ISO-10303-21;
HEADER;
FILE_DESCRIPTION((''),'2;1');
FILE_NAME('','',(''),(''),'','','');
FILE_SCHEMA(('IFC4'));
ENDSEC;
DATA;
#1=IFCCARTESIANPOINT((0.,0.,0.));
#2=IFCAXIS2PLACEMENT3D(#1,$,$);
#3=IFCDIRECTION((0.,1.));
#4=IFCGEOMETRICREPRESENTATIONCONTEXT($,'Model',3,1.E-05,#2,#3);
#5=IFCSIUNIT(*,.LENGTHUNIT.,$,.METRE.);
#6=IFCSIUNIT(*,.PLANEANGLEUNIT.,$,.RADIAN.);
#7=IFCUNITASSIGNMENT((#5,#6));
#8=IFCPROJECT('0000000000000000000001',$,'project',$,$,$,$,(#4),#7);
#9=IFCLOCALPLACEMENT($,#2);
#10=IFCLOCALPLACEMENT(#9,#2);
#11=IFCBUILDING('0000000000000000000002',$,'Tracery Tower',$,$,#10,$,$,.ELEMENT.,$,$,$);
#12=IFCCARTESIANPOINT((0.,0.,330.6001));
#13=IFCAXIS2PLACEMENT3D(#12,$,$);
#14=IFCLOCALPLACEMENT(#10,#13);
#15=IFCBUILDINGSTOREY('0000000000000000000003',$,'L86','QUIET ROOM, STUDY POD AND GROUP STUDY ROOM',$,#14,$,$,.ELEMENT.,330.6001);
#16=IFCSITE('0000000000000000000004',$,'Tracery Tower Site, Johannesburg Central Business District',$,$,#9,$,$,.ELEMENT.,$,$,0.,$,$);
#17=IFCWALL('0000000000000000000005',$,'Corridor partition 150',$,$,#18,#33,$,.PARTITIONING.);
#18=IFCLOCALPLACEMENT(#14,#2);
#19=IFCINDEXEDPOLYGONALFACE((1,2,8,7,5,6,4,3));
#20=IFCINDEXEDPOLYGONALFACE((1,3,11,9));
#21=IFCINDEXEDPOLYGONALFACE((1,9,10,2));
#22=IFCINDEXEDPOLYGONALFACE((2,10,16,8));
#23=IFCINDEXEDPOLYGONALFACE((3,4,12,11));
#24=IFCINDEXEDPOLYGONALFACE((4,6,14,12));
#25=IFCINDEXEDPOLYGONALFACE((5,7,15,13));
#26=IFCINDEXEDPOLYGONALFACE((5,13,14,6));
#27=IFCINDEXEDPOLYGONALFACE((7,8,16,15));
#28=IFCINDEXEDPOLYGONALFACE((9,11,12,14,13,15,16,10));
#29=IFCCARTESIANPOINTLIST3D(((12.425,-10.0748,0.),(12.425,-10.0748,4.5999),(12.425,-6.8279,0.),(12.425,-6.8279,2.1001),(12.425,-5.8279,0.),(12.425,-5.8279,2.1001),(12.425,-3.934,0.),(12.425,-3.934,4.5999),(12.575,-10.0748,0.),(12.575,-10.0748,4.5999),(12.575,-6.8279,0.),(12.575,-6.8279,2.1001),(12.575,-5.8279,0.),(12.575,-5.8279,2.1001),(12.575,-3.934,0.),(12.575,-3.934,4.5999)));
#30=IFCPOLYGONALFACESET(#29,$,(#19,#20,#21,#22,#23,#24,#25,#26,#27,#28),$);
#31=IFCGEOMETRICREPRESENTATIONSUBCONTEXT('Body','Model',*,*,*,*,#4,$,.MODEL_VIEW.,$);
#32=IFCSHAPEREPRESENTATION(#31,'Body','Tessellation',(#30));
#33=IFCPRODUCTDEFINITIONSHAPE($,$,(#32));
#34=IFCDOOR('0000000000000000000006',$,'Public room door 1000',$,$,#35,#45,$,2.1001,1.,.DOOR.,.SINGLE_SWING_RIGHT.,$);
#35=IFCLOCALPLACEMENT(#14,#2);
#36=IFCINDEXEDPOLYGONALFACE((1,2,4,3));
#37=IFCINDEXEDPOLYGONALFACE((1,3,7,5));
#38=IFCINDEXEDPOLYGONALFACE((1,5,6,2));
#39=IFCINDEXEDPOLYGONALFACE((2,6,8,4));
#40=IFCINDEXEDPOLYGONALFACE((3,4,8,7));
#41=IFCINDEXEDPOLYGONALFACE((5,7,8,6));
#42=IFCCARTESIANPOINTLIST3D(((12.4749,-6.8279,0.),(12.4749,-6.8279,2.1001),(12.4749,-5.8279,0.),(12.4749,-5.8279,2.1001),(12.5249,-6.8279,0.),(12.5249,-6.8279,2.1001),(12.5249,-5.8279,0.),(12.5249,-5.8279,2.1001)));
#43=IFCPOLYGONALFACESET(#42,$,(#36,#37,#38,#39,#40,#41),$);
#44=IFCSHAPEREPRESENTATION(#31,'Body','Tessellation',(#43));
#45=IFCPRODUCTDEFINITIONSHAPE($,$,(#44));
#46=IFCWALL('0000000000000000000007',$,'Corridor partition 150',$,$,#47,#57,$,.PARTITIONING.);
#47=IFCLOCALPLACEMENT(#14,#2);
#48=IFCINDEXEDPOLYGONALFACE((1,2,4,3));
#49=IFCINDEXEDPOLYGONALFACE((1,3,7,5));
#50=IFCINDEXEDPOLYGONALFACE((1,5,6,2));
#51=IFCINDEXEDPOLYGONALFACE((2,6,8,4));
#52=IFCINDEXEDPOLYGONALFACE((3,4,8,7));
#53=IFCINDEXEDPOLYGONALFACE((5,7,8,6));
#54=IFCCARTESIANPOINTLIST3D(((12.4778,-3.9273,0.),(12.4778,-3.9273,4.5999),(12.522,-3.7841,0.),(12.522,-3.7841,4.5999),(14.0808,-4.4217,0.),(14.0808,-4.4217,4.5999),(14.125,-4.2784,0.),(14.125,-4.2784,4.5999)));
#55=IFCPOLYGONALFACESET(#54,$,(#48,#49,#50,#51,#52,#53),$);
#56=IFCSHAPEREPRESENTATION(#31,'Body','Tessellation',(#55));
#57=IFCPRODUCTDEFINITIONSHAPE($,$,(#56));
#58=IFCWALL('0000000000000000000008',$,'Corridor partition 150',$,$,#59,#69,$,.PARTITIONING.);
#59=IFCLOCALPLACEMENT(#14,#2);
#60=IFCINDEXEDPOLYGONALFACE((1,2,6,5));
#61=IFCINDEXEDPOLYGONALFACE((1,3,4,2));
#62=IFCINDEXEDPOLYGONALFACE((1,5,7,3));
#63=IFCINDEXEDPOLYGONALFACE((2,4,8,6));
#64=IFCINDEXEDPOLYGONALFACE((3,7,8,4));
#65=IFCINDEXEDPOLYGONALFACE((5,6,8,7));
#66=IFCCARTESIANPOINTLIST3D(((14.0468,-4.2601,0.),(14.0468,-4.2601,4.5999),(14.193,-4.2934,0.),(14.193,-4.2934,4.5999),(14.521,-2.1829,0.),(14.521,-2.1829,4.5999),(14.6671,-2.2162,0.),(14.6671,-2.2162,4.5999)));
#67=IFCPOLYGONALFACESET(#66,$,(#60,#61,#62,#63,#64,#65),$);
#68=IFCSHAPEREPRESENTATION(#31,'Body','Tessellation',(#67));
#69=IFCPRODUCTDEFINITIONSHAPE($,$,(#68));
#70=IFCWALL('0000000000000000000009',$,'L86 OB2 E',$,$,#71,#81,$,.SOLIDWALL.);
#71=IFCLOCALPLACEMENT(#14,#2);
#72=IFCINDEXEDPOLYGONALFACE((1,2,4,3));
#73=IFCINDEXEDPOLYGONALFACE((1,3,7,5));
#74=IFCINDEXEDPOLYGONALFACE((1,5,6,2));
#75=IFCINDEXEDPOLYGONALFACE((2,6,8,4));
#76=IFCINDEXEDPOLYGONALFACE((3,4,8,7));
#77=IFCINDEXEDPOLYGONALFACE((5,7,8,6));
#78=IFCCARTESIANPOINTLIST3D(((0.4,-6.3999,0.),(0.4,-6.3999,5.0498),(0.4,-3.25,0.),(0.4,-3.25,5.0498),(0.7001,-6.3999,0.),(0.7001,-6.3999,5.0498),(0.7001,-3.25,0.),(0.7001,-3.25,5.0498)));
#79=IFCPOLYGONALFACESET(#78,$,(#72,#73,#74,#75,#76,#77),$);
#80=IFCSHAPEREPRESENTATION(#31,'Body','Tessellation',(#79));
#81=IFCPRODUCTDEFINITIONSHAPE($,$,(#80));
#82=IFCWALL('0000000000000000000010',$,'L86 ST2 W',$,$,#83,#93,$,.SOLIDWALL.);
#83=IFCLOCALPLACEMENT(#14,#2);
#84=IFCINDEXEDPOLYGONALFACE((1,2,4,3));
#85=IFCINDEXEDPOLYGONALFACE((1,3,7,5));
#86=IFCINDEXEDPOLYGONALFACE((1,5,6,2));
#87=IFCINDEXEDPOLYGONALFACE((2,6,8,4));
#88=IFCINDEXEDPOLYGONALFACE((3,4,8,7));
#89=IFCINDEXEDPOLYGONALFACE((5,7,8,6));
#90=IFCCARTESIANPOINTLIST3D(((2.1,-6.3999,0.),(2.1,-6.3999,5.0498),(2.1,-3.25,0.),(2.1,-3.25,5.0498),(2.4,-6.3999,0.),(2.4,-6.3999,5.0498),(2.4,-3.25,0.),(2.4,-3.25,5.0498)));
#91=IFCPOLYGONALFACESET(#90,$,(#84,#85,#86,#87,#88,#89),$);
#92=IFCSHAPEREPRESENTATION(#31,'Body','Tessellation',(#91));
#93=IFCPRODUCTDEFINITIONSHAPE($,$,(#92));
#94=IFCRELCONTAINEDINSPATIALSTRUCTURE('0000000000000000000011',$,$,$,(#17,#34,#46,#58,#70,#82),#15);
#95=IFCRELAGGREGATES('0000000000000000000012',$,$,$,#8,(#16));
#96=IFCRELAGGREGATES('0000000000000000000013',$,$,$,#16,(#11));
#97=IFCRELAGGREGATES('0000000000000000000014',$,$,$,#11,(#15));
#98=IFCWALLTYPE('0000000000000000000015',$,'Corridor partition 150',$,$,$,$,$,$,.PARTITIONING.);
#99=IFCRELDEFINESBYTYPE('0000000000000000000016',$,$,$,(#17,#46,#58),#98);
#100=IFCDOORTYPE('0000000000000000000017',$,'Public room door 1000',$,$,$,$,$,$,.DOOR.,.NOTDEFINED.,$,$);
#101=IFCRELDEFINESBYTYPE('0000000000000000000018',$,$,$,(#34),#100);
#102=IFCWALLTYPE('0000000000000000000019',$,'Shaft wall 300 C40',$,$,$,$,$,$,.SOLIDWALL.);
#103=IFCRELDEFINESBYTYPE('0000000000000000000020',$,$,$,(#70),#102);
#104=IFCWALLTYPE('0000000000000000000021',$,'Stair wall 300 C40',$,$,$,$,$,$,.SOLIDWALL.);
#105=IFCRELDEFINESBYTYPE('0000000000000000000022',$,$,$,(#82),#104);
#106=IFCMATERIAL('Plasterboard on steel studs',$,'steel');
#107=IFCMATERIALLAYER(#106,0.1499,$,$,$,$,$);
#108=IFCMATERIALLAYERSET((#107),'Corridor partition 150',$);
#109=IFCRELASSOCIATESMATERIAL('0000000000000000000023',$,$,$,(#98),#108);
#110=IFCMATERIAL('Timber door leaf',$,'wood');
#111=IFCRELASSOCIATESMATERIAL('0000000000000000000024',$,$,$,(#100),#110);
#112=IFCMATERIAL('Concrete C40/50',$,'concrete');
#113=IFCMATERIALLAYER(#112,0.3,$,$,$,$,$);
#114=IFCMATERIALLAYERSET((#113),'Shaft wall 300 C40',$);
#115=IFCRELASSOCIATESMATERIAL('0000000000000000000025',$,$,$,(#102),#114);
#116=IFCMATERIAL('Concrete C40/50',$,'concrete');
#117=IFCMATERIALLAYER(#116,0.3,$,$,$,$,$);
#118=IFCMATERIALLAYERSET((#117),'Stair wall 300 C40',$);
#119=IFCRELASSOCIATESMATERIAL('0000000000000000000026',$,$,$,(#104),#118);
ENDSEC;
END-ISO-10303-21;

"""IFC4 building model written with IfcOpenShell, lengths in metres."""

from ifc_helpers import new_model, si_unit, direction, frame, frame_2d, origin, place, context, subcontext, project, spatial, rectangle, extrude, material, layer, layer_set, type_object, element, fill, save


model = new_model("IFC4")

# Units and contexts
model_context = context("Model", 3, precision=1e-05, world=origin(), true_north=direction((0.0, 1.0)))
body_context = subcontext(model_context, "Body", "Model", "MODEL_VIEW")
ifc_project = project(units=[si_unit("LENGTHUNIT", "METRE"), si_unit("PLANEANGLEUNIT", "RADIAN")], contexts=[model_context])

# Site, building, storey
site_placement = place(None, origin())
site = spatial("IfcSite", under=ifc_project, at=site_placement, Name="Tracery Tower Site, Johannesburg Central Business District", CompositionType="ELEMENT", RefElevation=0.0)
building_placement = place(site_placement, origin())
building = spatial("IfcBuilding", under=site, at=building_placement, Name="Tracery Tower", CompositionType="ELEMENT")
storey_placement = place(building_placement, frame((0.0, 0.0, 330.6001)))
storey = spatial("IfcBuildingStorey", under=building, at=storey_placement, Name="L86", Description="QUIET ROOM, STUDY POD AND GROUP STUDY ROOM", CompositionType="ELEMENT", Elevation=330.6001)

# Shared definitions
ifc_material_1 = material(Name="Plasterboard on steel studs", Category="steel")
ifc_layer_1 = layer(ifc_material_1, 0.1499)
ifc_layer_set_1 = layer_set([ifc_layer_1], Name="Corridor partition 150")
wall_type_1 = type_object("IfcWallType", Name="Corridor partition 150", PredefinedType="PARTITIONING", material=ifc_layer_set_1)

# Wall, opening, door
wall_1_placement = place(storey_placement, frame((12.5, -3.9341, 0.0), z_axis=(0.0, 0.0, 1.0), x_axis=(0.0, -1.0, 0.0)))
wall_1 = element("IfcWall", 1, at=wall_1_placement, inside=storey, type_object=wall_type_1, Name="Corridor partition 150", PredefinedType="PARTITIONING", context=body_context, shape_type="SweptSolid", body=[
    extrude(rectangle(XDim=6.1409, YDim=0.1499, at=frame_2d((3.0703, 0.0))), origin(), (0.0, 0.0, 1.0), 4.5999),
])
opening_1_placement = place(wall_1_placement, frame((1.8938, 0.0, 0.0)))
opening_1 = element("IfcOpeningElement", 2, at=opening_1_placement, cuts=wall_1, PredefinedType="OPENING", context=body_context, shape_type="SweptSolid", body=[
    extrude(rectangle(XDim=1.0, YDim=2.1001, at=frame_2d((0.5, 1.05))), frame((0.0, 0.075, 0.0), z_axis=(0.0, -1.0, 0.0), x_axis=(1.0, 0.0, 0.0)), (0.0, 0.0, 1.0), 0.1499),
])
ifc_material_2 = material(Name="Timber door leaf", Category="wood")
door_type_1 = type_object("IfcDoorType", Name="Public room door 1000", OperationType="NOTDEFINED", PredefinedType="DOOR", material=ifc_material_2)
door_1_placement = place(opening_1_placement, origin())
door_1 = element("IfcDoor", 3, at=door_1_placement, inside=storey, type_object=door_type_1, Name="Public room door 1000", OperationType="SINGLE_SWING_RIGHT", OverallHeight=2.1001, OverallWidth=1.0, PredefinedType="DOOR", context=body_context, shape_type="SweptSolid", body=[
    extrude(rectangle(XDim=1.0, YDim=2.1001, at=frame_2d((0.5, 1.05))), frame((0.0, 0.0249, 0.0), z_axis=(0.0, -1.0, 0.0), x_axis=(1.0, 0.0, 0.0)), (0.0, 0.0, 1.0), 0.05),
])
fill(opening_1, door_1)

# Walls
wall_2_placement = place(storey_placement, frame((14.103, -4.3501, 0.0), z_axis=(0.0, 0.0, 1.0), x_axis=(-0.955587, 0.29471, 0.0)))
element("IfcWall", 4, at=wall_2_placement, inside=storey, type_object=wall_type_1, Name="Corridor partition 150", PredefinedType="PARTITIONING", context=body_context, shape_type="SweptSolid", body=[
    extrude(rectangle(XDim=1.6775, YDim=0.1499, at=frame_2d((0.8389, 0.0))), origin(), (0.0, 0.0, 1.0), 4.5999),
])
wall_3_placement = place(storey_placement, frame((14.1199, -4.2769, 0.0), z_axis=(0.0, 0.0, 1.0), x_axis=(0.222532, 0.974925, 0.0)))
element("IfcWall", 5, at=wall_3_placement, inside=storey, type_object=wall_type_1, Name="Corridor partition 150", PredefinedType="PARTITIONING", context=body_context, shape_type="SweptSolid", body=[
    extrude(rectangle(XDim=2.1306, YDim=0.1499, at=frame_2d((1.0654, 0.0))), origin(), (0.0, 0.0, 1.0), 4.5999),
])
ifc_material_3 = material(Name="Concrete C40/50", Category="concrete")
ifc_layer_2 = layer(ifc_material_3, 0.3)
ifc_layer_set_2 = layer_set([ifc_layer_2], Name="Shaft wall 300 C40")
wall_type_2 = type_object("IfcWallType", Name="Shaft wall 300 C40", PredefinedType="SOLIDWALL", material=ifc_layer_set_2)
wall_4_placement = place(storey_placement, frame((0.55, -6.3999, 0.0), z_axis=(0.0, 0.0, 1.0), x_axis=(0.0, 1.0, 0.0)))
element("IfcWall", 6, at=wall_4_placement, inside=storey, type_object=wall_type_2, Name="L86 OB2 E", PredefinedType="SOLIDWALL", context=body_context, shape_type="SweptSolid", body=[
    extrude(rectangle(XDim=3.1499, YDim=0.3, at=frame_2d((1.575, 0.0))), origin(), (0.0, 0.0, 1.0), 5.0498),
])

# Shared definitions
ifc_material_4 = material(Name="Concrete C40/50", Category="concrete")
ifc_layer_3 = layer(ifc_material_4, 0.3)
ifc_layer_set_3 = layer_set([ifc_layer_3], Name="Stair wall 300 C40")
wall_type_3 = type_object("IfcWallType", Name="Stair wall 300 C40", PredefinedType="SOLIDWALL", material=ifc_layer_set_3)

# Wall
wall_5_placement = place(storey_placement, frame((2.25, -6.3999, 0.0), z_axis=(0.0, 0.0, 1.0), x_axis=(0.0, 1.0, 0.0)))
element("IfcWall", 7, at=wall_5_placement, inside=storey, type_object=wall_type_3, Name="L86 ST2 W", PredefinedType="SOLIDWALL", context=body_context, shape_type="SweptSolid", body=[
    extrude(rectangle(XDim=3.1499, YDim=0.3, at=frame_2d((1.575, 0.0))), origin(), (0.0, 0.0, 1.0), 5.0498),
])

save(model, "model.ifc")
